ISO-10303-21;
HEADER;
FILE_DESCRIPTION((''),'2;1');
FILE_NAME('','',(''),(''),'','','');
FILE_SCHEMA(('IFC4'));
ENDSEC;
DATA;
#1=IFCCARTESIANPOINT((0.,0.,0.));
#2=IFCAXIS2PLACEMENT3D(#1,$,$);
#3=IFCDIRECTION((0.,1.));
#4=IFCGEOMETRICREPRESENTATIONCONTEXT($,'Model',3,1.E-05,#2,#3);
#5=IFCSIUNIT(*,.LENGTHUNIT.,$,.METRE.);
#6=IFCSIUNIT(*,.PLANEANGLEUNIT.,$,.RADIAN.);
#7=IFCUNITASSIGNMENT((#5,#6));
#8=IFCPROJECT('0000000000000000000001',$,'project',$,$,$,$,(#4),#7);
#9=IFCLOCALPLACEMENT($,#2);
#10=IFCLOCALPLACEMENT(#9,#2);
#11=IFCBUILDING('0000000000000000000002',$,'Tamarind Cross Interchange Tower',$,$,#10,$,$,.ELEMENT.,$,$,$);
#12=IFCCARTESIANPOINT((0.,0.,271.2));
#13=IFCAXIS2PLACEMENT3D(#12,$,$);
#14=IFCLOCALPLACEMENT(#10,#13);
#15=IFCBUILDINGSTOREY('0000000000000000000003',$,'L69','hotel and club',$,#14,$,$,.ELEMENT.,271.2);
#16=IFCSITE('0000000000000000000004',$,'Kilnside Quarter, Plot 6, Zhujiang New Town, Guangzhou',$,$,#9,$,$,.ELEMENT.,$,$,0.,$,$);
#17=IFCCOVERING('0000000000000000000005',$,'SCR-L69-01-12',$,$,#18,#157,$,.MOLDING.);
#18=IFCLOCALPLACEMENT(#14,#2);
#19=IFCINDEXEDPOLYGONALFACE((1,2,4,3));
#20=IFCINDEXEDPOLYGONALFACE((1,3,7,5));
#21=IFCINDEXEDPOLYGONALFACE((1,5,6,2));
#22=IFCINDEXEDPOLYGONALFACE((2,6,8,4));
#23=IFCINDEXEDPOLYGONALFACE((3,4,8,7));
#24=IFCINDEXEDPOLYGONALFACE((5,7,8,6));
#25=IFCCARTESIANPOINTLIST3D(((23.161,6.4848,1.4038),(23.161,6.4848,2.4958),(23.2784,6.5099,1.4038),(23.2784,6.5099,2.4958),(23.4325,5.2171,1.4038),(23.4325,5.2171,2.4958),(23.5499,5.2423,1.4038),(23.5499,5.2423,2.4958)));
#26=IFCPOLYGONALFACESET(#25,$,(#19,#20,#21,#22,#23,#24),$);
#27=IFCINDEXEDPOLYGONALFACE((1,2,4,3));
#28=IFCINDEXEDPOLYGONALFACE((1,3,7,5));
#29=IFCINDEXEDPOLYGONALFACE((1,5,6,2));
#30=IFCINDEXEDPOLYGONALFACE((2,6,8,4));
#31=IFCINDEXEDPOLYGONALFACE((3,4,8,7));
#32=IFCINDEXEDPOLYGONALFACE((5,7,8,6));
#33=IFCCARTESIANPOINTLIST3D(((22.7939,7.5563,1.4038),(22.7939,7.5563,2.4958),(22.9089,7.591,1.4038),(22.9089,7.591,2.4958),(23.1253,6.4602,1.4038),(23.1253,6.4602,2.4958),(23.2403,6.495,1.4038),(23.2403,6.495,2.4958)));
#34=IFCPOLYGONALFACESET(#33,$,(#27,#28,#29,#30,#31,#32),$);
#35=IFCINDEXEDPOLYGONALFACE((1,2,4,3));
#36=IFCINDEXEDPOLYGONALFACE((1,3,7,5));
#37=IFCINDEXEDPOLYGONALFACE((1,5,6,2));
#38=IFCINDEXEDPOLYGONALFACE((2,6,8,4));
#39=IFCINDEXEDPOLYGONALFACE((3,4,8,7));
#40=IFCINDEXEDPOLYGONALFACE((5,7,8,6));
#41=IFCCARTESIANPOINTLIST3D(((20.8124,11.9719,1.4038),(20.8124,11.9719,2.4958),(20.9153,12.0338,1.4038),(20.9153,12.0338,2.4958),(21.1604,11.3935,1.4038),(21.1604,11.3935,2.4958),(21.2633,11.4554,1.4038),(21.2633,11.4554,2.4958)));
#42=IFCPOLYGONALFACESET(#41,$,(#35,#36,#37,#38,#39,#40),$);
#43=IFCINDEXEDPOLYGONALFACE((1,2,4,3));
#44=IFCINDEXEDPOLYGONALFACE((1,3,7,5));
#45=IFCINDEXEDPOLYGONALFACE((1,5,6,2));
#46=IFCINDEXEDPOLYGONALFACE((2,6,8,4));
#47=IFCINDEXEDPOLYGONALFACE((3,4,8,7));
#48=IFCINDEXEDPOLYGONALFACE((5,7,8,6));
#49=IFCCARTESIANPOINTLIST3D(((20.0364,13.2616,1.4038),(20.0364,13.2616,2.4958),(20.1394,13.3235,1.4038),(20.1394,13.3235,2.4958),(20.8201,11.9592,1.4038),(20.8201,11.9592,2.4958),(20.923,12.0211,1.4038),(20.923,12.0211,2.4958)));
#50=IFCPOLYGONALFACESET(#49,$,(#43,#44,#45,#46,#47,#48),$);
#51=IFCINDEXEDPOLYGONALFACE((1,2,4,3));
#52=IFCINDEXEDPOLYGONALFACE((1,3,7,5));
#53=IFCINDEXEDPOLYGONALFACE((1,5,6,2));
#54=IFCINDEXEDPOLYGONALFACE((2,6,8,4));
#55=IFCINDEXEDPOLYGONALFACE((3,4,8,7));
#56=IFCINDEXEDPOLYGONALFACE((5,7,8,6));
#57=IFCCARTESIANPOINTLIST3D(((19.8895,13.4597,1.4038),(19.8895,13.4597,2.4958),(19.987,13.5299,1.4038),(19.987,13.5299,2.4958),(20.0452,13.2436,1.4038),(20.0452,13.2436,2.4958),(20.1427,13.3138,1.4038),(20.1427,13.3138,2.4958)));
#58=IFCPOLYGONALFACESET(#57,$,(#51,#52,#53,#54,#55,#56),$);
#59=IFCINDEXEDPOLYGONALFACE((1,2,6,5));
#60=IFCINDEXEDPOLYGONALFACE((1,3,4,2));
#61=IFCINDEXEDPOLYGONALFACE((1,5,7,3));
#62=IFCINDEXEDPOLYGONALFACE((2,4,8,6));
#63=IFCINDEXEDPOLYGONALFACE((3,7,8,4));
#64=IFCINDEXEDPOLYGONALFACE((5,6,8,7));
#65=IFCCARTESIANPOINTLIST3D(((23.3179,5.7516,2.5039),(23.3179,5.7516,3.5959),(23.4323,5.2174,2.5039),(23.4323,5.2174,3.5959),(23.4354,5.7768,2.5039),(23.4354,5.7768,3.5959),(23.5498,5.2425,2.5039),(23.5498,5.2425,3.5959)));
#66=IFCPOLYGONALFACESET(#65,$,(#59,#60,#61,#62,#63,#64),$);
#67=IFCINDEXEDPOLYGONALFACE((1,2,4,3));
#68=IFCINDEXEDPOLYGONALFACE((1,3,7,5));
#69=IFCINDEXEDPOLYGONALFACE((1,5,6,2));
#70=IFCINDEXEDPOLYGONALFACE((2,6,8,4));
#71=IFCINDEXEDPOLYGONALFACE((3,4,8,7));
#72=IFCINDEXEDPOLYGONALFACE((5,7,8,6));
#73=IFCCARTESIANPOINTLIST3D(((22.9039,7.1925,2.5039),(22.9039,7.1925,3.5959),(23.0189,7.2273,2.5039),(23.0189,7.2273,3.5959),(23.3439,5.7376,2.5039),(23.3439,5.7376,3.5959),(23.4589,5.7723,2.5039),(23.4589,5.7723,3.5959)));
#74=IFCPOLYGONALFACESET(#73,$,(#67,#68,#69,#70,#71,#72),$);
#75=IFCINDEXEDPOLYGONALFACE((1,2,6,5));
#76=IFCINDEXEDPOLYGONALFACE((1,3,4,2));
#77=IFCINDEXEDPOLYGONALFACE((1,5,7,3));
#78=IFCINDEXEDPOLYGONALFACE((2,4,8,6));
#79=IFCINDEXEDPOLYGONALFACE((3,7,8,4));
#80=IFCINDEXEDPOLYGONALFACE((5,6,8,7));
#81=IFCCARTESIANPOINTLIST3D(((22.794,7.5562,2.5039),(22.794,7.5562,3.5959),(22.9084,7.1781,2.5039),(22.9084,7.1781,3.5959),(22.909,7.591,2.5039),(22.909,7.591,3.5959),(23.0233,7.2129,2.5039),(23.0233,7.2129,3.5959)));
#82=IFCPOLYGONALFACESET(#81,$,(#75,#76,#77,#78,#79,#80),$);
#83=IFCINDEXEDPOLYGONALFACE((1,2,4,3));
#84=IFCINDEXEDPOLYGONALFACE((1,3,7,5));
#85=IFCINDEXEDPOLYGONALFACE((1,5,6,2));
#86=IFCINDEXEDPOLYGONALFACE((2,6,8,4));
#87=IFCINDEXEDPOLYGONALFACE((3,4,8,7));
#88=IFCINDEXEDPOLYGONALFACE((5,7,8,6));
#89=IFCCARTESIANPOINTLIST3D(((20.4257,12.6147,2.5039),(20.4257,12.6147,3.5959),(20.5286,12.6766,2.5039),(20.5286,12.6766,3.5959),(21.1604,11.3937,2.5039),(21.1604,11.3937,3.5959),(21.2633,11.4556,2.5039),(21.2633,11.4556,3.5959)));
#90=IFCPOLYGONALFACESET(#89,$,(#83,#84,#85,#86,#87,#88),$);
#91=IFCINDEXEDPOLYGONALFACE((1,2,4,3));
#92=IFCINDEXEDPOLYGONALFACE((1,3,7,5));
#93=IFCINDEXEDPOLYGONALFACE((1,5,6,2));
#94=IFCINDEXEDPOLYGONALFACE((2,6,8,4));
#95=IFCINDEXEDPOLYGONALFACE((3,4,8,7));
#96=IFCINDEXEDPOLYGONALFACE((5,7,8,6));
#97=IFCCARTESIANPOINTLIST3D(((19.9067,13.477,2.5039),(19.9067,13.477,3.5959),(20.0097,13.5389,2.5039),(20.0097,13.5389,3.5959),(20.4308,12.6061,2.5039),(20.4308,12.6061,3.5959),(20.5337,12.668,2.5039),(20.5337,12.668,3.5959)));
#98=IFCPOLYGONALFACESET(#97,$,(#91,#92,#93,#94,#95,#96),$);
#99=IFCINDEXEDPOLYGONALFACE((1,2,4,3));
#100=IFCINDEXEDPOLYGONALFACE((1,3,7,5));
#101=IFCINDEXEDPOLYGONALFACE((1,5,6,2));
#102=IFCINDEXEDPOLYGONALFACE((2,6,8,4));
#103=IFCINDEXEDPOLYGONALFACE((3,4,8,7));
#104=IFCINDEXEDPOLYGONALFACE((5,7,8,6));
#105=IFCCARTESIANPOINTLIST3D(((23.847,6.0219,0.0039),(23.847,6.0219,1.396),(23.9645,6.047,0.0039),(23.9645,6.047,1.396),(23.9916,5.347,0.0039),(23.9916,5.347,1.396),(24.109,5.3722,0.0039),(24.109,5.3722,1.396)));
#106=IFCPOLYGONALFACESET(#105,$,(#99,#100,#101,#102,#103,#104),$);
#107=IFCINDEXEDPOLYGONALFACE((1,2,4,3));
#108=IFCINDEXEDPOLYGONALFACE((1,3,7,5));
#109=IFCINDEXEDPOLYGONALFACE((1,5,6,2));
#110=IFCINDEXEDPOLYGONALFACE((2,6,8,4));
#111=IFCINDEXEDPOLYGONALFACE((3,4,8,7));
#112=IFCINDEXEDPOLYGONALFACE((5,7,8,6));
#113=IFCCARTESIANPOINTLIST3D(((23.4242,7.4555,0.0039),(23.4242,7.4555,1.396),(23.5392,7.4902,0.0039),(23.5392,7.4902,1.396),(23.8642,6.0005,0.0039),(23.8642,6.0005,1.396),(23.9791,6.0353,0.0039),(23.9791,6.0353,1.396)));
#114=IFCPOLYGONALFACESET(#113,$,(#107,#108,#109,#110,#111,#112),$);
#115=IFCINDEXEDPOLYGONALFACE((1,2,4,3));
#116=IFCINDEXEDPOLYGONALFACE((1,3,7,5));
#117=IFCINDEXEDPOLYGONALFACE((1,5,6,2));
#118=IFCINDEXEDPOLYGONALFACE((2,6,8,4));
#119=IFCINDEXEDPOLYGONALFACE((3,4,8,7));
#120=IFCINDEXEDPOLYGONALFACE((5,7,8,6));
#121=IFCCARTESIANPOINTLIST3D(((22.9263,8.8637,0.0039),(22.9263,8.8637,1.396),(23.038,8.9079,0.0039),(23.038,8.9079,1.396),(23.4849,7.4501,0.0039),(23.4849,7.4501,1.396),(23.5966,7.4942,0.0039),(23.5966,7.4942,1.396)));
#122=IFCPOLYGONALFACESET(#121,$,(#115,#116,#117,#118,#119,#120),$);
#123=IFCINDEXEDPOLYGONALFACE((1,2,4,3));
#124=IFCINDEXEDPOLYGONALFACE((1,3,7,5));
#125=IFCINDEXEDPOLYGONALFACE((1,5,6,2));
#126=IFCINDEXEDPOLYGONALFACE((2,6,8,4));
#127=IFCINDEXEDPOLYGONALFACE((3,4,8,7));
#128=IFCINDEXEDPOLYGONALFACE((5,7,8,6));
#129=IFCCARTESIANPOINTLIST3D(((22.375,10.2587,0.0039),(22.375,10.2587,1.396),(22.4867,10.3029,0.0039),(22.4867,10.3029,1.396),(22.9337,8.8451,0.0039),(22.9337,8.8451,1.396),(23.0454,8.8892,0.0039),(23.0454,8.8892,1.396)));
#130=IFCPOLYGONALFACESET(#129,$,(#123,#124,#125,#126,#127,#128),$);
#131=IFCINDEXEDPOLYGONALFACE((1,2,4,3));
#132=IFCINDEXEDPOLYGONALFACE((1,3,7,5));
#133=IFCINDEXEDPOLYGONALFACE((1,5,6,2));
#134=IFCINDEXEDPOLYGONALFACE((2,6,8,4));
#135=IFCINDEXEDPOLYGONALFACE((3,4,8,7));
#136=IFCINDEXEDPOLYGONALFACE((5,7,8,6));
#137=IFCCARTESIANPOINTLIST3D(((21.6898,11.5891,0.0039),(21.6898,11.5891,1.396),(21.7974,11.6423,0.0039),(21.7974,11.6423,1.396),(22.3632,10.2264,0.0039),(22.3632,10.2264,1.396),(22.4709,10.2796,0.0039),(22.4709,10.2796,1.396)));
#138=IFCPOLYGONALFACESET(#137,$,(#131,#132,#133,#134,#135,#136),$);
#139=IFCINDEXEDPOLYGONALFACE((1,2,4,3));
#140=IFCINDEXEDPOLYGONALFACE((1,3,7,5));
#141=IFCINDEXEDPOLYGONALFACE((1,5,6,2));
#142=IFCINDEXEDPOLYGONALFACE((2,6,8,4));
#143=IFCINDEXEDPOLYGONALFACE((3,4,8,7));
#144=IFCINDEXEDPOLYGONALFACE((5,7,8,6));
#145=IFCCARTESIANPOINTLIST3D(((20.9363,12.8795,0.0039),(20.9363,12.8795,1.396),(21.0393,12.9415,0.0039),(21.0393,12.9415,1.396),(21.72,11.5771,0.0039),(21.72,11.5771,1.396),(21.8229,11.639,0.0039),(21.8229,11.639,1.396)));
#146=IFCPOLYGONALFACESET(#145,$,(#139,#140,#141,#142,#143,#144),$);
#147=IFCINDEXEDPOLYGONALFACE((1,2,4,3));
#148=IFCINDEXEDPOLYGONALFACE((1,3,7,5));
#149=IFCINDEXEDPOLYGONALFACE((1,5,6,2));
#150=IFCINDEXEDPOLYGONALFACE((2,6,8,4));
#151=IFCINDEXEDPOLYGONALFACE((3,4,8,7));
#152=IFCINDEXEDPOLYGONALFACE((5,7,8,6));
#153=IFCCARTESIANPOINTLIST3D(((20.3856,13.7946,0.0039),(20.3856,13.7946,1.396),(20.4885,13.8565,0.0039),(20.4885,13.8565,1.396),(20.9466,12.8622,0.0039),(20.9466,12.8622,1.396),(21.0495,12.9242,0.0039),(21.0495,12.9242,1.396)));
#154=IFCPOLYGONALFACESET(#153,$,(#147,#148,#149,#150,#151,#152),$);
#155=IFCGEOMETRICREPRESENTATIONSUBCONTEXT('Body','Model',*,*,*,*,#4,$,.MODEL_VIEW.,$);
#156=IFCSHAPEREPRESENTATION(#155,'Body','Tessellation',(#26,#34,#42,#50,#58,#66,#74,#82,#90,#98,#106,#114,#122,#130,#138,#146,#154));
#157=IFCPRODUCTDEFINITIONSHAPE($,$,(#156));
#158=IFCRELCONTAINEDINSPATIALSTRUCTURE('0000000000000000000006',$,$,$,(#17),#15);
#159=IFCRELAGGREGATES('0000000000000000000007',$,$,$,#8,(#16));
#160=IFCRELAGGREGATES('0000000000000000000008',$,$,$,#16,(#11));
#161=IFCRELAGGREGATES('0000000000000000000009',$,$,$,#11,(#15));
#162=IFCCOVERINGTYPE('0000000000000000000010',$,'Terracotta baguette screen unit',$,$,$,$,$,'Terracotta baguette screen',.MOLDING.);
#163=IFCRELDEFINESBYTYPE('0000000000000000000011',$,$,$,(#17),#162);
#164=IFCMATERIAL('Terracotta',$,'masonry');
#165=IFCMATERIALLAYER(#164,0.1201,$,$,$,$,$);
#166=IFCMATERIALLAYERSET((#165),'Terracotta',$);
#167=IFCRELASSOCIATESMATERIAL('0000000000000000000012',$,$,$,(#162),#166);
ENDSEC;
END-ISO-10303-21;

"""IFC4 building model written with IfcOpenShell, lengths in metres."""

from ifc_helpers import new_model, si_unit, direction, frame, origin, origin_2d, place, context, subcontext, project, spatial, rectangle, extrude, material, layer, layer_set, type_object, element, save


model = new_model("IFC4")

# Units and contexts
model_context = context("Model", 3, precision=1e-05, world=origin(), true_north=direction((0.0, 1.0)))
body_context = subcontext(model_context, "Body", "Model", "MODEL_VIEW")
ifc_project = project(units=[si_unit("LENGTHUNIT", "METRE"), si_unit("PLANEANGLEUNIT", "RADIAN")], contexts=[model_context])

# Site, building, storey
site_placement = place(None, origin())
site = spatial("IfcSite", under=ifc_project, at=site_placement, Name="Kilnside Quarter, Plot 6, Zhujiang New Town, Guangzhou", CompositionType="ELEMENT", RefElevation=0.0)
building_placement = place(site_placement, origin())
building = spatial("IfcBuilding", under=site, at=building_placement, Name="Tamarind Cross Interchange Tower", CompositionType="ELEMENT")
storey_placement = place(building_placement, frame((0.0, 0.0, 271.2)))
storey = spatial("IfcBuildingStorey", under=building, at=storey_placement, Name="L69", Description="hotel and club", CompositionType="ELEMENT", Elevation=271.2)

# Covering
ifc_material_1 = material(Name="Terracotta", Category="masonry")
ifc_layer_1 = layer(ifc_material_1, 0.1201)
ifc_layer_set_1 = layer_set([ifc_layer_1], Name="Terracotta")
covering_type = type_object("IfcCoveringType", Name="Terracotta baguette screen unit", ElementType="Terracotta baguette screen", PredefinedType="MOLDING", material=ifc_layer_set_1)
covering_1_placement = place(storey_placement, origin())
element("IfcCovering", 1, at=covering_1_placement, inside=storey, type_object=covering_type, Name="SCR-L69-01-12", PredefinedType="MOLDING", context=body_context, shape_type="SweptSolid", body=[
    extrude(rectangle(XDim=1.2964, YDim=0.1201, at=origin_2d()), frame((23.3555, 5.8635, 1.4038), z_axis=(0.0, 0.0, 1.0), x_axis=(-0.209425, 0.977825, 0.0)), (0.0, 0.0, 1.0), 1.092),
    extrude(rectangle(XDim=1.145, YDim=0.1201, at=origin_2d()), frame((23.0171, 7.0256, 1.4038), z_axis=(0.0, 0.0, 1.0), x_axis=(-0.289458, 0.957191, 0.0)), (0.0, 0.0, 1.0), 1.092),
    extrude(rectangle(XDim=0.675, YDim=0.1201, at=origin_2d()), frame((21.0378, 11.7136, 1.4038), z_axis=(0.0, 0.0, 1.0), x_axis=(-0.515577, 0.856843, 0.0)), (0.0, 0.0, 1.0), 1.092),
    extrude(rectangle(XDim=1.52, YDim=0.1201, at=origin_2d()), frame((20.4797, 12.6414, 1.4038), z_axis=(0.0, 0.0, 1.0), x_axis=(-0.515577, 0.856843, 0.0)), (0.0, 0.0, 1.0), 1.092),
    extrude(rectangle(XDim=0.2664, YDim=0.1201, at=origin_2d()), frame((20.0161, 13.3867, 1.4038), z_axis=(0.0, 0.0, 1.0), x_axis=(-0.584574, 0.81134, 0.0)), (0.0, 0.0, 1.0), 1.092),
    extrude(rectangle(XDim=0.5464, YDim=0.1201, at=origin_2d()), frame((23.4338, 5.4971, 2.5039), z_axis=(0.0, 0.0, 1.0), x_axis=(-0.209425, 0.977825, 0.0)), (0.0, 0.0, 1.0), 1.092),
    extrude(rectangle(XDim=1.52, YDim=0.1201, at=origin_2d()), frame((23.1814, 6.4824, 2.5039), z_axis=(0.0, 0.0, 1.0), x_axis=(-0.289458, 0.957191, 0.0)), (0.0, 0.0, 1.0), 1.092),
    extrude(rectangle(XDim=0.395, YDim=0.1201, at=origin_2d()), frame((22.9087, 7.3845, 2.5039), z_axis=(0.0, 0.0, 1.0), x_axis=(-0.289458, 0.957191, 0.0)), (0.0, 0.0, 1.0), 1.092),
    extrude(rectangle(XDim=1.425, YDim=0.1201, at=origin_2d()), frame((20.8445, 12.0352, 2.5039), z_axis=(0.0, 0.0, 1.0), x_axis=(-0.515577, 0.856843, 0.0)), (0.0, 0.0, 1.0), 1.092),
    extrude(rectangle(XDim=1.0164, YDim=0.1201, at=origin_2d()), frame((20.2202, 13.0725, 2.5039), z_axis=(0.0, 0.0, 1.0), x_axis=(-0.515577, 0.856843, 0.0)), (0.0, 0.0, 1.0), 1.092),
    extrude(rectangle(XDim=0.6902, YDim=0.1201, at=origin_2d()), frame((23.978, 5.697, 0.0039), z_axis=(0.0, 0.0, 1.0), x_axis=(-0.209425, 0.977825, 0.0)), (0.0, 0.0, 1.0), 1.3921),
    extrude(rectangle(XDim=1.52, YDim=0.1201, at=origin_2d()), frame((23.7017, 6.7454, 0.0039), z_axis=(0.0, 0.0, 1.0), x_axis=(-0.289458, 0.957191, 0.0)), (0.0, 0.0, 1.0), 1.3921),
    extrude(rectangle(XDim=1.52, YDim=0.1201, at=origin_2d()), frame((23.2615, 8.179, 0.0039), z_axis=(0.0, 0.0, 1.0), x_axis=(-0.367514, 0.930018, 0.0)), (0.0, 0.0, 1.0), 1.3921),
    extrude(rectangle(XDim=1.52, YDim=0.1201, at=origin_2d()), frame((22.7102, 9.574, 0.0039), z_axis=(0.0, 0.0, 1.0), x_axis=(-0.367514, 0.930018, 0.0)), (0.0, 0.0, 1.0), 1.3921),
    extrude(rectangle(XDim=1.52, YDim=0.1201, at=origin_2d()), frame((22.0803, 10.9343, 0.0039), z_axis=(0.0, 0.0, 1.0), x_axis=(-0.443059, 0.896493, 0.0)), (0.0, 0.0, 1.0), 1.3921),
    extrude(rectangle(XDim=1.52, YDim=0.1201, at=origin_2d()), frame((21.3796, 12.2593, 0.0039), z_axis=(0.0, 0.0, 1.0), x_axis=(-0.515577, 0.856843, 0.0)), (0.0, 0.0, 1.0), 1.3921),
    extrude(rectangle(XDim=1.0881, YDim=0.1201, at=origin_2d()), frame((20.7175, 13.3594, 0.0039), z_axis=(0.0, 0.0, 1.0), x_axis=(-0.515577, 0.856843, 0.0)), (0.0, 0.0, 1.0), 1.3921),
])

save(model, "model.ifc")
